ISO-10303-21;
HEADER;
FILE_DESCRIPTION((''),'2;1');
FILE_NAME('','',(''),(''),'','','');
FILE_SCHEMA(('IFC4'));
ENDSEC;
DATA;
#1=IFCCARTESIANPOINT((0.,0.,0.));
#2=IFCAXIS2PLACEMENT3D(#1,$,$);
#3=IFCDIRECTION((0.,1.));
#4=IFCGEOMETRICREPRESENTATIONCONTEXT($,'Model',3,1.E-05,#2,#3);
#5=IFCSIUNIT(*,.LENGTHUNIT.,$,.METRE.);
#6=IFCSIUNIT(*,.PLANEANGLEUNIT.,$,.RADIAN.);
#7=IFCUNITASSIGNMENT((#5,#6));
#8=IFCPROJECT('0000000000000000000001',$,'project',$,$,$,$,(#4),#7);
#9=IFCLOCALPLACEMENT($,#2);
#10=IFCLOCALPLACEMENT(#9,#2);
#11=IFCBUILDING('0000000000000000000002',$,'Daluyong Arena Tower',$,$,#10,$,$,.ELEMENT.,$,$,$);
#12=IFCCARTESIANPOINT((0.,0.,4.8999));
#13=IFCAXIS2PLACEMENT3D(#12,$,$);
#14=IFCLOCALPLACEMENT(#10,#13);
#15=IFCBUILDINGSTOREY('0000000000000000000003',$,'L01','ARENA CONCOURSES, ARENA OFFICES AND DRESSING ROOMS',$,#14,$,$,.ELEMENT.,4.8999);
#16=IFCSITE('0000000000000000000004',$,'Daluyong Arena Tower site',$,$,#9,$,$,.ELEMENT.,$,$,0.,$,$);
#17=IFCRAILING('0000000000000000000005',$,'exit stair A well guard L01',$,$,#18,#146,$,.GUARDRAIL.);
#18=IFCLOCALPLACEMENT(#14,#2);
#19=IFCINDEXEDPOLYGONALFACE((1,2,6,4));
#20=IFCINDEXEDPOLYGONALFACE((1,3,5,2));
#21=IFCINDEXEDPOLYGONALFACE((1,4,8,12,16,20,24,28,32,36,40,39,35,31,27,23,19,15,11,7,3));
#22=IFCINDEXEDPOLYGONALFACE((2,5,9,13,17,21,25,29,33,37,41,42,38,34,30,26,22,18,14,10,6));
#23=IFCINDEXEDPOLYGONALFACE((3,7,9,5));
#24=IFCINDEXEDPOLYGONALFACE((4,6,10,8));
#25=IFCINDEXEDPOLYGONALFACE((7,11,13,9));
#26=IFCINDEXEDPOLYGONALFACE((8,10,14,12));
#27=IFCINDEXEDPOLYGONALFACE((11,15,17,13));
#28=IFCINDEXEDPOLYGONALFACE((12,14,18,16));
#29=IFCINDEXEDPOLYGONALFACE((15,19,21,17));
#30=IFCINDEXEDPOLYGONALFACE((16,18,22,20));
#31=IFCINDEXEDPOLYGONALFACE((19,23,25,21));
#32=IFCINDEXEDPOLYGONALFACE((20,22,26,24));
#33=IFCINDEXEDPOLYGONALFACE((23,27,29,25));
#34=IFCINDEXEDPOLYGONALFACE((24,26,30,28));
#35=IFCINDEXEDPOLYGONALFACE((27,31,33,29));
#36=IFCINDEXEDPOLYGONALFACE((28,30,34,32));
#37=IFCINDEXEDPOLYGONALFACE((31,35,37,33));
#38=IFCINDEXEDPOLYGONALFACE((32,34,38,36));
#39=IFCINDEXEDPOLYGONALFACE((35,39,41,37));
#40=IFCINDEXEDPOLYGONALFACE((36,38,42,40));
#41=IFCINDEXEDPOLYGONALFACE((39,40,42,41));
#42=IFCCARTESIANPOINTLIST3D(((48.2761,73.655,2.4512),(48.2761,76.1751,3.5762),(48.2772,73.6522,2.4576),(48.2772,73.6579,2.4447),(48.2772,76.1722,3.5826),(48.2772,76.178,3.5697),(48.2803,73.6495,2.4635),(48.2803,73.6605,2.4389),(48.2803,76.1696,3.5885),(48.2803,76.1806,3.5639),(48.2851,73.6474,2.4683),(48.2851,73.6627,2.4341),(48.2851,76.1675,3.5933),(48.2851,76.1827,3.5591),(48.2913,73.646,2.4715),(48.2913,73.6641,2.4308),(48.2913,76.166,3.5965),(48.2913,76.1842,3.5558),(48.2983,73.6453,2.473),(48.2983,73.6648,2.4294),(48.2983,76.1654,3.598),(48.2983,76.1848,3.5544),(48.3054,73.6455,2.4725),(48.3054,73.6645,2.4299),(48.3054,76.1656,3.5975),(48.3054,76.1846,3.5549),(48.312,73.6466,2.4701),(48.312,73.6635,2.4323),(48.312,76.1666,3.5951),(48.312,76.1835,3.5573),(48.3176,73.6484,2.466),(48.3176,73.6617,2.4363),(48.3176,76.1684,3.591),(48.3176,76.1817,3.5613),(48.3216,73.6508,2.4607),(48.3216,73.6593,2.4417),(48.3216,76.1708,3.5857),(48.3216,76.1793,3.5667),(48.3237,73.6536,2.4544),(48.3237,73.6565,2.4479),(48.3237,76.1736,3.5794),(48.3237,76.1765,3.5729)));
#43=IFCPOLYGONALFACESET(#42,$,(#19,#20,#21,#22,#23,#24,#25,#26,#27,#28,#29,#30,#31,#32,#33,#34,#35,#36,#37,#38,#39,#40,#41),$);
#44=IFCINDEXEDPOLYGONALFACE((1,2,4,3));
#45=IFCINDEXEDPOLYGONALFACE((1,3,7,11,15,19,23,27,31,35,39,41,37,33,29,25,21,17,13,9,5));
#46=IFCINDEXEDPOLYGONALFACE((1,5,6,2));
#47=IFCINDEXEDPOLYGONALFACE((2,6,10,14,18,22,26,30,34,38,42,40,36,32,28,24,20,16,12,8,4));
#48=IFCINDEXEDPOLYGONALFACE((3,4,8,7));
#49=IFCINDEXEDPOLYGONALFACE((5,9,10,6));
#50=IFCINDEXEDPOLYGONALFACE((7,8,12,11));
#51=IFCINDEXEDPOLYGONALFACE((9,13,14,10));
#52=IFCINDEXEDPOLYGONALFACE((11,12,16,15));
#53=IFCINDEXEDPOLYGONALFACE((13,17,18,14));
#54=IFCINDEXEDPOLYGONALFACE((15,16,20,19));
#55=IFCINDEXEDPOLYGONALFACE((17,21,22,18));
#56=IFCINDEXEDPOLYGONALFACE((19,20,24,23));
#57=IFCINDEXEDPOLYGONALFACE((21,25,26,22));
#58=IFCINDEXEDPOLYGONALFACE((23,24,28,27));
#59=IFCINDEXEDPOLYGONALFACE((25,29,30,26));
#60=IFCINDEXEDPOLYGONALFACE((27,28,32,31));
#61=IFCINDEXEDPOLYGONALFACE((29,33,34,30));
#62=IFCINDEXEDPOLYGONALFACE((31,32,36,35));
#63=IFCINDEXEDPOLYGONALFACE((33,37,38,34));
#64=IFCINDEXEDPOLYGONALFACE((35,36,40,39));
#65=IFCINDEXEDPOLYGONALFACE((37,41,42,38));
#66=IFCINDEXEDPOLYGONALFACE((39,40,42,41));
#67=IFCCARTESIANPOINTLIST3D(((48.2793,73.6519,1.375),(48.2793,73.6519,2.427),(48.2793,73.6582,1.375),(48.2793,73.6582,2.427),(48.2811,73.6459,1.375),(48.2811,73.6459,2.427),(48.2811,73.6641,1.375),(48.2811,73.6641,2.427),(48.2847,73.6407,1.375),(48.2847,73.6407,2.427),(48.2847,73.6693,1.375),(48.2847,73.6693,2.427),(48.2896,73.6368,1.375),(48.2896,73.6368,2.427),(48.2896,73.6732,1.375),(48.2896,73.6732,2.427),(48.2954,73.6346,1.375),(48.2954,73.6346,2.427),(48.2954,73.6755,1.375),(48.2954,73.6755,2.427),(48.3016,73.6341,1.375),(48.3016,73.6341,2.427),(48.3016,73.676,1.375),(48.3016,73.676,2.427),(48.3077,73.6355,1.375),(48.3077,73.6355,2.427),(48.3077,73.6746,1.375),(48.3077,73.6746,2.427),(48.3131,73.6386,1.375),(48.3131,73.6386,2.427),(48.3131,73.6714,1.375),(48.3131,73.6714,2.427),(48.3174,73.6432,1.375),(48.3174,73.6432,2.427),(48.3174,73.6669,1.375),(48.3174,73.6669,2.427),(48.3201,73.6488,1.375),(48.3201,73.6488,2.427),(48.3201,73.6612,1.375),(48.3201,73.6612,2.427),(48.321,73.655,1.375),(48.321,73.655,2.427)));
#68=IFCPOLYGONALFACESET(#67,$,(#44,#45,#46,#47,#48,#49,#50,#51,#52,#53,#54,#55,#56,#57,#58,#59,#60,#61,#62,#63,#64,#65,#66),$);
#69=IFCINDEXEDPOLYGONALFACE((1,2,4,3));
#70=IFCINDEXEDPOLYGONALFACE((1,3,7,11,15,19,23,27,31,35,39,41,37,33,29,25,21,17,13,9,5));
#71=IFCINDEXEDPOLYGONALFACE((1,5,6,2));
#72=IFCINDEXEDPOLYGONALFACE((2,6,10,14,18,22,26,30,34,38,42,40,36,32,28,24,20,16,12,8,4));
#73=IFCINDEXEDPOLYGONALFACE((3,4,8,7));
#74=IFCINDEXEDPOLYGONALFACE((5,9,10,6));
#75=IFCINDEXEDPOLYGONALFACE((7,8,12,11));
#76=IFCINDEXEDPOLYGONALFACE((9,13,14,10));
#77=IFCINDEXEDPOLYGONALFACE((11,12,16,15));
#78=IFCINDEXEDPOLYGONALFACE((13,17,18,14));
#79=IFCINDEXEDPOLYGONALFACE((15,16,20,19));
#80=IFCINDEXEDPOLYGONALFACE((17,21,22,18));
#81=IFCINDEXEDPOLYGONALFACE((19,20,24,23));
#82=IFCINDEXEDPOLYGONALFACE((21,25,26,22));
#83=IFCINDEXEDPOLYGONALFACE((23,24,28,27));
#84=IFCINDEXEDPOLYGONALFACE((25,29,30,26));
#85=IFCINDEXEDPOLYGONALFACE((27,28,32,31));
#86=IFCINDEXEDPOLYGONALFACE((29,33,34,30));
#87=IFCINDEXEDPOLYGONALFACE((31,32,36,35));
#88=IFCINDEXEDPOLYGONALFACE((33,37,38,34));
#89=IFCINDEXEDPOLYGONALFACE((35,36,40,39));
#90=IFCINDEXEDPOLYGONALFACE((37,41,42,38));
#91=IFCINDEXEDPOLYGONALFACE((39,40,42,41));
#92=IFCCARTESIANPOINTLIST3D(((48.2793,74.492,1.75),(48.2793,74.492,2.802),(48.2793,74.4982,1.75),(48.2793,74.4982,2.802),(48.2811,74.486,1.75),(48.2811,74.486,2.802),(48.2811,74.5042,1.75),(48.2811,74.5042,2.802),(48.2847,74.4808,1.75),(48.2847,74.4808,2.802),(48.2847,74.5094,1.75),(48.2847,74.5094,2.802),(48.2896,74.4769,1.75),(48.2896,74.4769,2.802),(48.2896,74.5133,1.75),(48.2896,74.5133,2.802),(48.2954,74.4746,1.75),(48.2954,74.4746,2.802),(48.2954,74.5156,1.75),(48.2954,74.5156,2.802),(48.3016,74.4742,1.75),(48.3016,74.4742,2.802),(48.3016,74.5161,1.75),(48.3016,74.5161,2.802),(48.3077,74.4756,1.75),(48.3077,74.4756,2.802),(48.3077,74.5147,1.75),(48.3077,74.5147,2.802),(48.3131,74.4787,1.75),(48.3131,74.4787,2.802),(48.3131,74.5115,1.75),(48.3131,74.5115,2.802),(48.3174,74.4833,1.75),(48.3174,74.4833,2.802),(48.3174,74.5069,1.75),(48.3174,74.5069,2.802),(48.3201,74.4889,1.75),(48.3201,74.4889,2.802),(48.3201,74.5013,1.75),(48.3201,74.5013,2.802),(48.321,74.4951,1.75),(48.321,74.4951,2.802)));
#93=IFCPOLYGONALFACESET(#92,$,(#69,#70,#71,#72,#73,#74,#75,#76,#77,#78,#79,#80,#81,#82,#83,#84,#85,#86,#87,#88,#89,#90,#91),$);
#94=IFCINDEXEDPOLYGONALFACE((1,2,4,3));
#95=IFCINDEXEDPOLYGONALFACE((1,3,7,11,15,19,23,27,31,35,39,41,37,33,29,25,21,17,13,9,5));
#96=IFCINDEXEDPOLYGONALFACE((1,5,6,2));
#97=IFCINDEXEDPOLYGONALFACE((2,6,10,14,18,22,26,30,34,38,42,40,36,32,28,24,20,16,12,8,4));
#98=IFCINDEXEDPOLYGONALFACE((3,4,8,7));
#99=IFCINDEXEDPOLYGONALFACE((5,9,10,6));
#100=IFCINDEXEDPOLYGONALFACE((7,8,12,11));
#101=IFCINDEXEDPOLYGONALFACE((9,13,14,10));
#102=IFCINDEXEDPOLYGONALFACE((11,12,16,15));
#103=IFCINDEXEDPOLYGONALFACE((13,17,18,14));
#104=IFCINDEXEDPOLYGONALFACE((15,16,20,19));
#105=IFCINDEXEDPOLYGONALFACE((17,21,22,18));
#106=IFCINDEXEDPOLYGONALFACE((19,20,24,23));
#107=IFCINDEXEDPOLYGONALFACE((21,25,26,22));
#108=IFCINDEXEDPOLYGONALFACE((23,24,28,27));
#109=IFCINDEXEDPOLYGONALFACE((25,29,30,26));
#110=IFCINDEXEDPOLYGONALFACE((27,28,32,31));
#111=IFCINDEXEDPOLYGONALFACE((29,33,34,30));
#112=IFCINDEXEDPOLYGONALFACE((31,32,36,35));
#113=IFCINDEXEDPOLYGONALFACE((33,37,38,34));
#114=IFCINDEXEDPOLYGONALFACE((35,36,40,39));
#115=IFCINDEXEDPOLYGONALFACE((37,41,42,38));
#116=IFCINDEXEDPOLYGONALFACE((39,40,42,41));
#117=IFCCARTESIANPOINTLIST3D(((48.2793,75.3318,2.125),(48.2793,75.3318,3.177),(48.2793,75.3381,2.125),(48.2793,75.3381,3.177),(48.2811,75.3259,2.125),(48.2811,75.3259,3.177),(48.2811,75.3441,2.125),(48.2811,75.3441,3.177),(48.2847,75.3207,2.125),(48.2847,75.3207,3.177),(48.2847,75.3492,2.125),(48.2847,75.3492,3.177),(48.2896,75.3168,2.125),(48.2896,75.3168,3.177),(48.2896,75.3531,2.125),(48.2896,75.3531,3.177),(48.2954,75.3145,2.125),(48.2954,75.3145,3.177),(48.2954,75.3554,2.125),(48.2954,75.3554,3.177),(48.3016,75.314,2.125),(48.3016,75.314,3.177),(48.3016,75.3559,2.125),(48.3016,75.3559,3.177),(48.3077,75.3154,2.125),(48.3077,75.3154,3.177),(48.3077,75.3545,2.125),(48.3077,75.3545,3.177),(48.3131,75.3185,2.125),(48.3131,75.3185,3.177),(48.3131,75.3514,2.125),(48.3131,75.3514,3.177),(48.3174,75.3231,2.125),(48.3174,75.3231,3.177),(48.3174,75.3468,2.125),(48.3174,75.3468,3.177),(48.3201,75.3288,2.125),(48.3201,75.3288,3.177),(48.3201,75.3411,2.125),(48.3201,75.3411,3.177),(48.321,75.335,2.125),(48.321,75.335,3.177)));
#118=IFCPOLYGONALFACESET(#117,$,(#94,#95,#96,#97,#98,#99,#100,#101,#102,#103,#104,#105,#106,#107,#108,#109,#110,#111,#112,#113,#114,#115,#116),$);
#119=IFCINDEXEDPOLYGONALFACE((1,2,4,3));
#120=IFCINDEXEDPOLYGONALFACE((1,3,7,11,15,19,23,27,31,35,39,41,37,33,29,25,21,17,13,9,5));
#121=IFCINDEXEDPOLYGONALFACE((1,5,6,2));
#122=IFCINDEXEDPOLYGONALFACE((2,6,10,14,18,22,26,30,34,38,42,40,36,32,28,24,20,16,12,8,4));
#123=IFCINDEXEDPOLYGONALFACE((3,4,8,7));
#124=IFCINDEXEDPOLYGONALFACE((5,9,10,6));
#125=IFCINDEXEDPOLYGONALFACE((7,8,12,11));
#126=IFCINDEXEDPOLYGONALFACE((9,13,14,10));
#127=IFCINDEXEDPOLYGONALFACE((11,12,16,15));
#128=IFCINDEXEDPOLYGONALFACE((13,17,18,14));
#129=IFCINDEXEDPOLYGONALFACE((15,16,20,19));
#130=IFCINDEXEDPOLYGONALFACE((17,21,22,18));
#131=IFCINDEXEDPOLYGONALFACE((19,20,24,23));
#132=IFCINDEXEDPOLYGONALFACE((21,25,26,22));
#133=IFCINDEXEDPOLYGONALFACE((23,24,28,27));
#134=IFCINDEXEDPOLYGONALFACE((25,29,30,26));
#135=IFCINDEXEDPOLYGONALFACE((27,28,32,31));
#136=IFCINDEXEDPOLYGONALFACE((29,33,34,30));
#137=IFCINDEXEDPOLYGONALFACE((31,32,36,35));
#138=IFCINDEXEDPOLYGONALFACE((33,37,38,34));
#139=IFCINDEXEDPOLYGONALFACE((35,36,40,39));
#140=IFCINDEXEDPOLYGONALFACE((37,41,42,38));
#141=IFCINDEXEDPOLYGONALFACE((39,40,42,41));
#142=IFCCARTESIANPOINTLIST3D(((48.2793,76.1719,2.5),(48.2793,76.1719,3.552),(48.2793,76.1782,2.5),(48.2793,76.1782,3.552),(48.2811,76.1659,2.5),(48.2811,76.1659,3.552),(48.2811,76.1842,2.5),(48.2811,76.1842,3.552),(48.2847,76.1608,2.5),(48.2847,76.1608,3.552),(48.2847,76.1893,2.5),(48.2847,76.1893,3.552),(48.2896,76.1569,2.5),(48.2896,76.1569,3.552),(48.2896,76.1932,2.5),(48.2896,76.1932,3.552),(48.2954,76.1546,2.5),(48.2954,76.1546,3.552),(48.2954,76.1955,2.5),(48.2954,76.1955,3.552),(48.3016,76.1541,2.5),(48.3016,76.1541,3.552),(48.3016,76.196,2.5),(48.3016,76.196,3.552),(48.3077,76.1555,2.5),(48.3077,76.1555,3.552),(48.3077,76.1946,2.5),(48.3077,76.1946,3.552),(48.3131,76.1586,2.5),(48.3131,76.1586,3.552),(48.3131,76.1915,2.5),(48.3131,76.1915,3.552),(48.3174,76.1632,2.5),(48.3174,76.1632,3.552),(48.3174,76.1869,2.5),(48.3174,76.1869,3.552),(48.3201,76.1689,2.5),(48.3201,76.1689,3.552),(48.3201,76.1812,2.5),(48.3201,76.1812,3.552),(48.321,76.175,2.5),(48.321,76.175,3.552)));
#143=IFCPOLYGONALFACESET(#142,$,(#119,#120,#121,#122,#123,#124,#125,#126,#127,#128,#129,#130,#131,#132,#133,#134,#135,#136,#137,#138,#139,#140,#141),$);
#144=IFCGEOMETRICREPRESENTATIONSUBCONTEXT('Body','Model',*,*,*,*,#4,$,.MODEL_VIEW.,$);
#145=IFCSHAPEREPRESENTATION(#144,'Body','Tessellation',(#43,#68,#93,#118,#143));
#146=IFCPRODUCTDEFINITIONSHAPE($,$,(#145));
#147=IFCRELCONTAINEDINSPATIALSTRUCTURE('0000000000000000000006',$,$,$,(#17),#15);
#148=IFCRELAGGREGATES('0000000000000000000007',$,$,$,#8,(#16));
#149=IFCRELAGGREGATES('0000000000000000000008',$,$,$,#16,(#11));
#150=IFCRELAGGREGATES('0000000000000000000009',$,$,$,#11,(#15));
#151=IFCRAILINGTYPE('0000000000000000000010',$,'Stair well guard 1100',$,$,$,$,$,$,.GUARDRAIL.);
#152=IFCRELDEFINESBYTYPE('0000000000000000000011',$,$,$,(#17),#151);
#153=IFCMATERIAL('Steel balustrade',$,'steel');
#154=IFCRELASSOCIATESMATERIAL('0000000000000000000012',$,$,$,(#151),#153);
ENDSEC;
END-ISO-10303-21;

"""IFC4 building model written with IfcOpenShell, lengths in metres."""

from ifc_helpers import new_model, si_unit, direction, frame, origin, origin_2d, place, context, subcontext, project, spatial, circle, extrude, material, type_object, element, save


model = new_model("IFC4")

# Units and contexts
model_context = context("Model", 3, precision=1e-05, world=origin(), true_north=direction((0.0, 1.0)))
body_context = subcontext(model_context, "Body", "Model", "MODEL_VIEW")
ifc_project = project(units=[si_unit("LENGTHUNIT", "METRE"), si_unit("PLANEANGLEUNIT", "RADIAN")], contexts=[model_context])

# Site, building, storey
site_placement = place(None, origin())
site = spatial("IfcSite", under=ifc_project, at=site_placement, Name="Daluyong Arena Tower site", CompositionType="ELEMENT", RefElevation=0.0)
building_placement = place(site_placement, origin())
building = spatial("IfcBuilding", under=site, at=building_placement, Name="Daluyong Arena Tower", CompositionType="ELEMENT")
storey_placement = place(building_placement, frame((0.0, 0.0, 4.8999)))
storey = spatial("IfcBuildingStorey", under=building, at=storey_placement, Name="L01", Description="ARENA CONCOURSES, ARENA OFFICES AND DRESSING ROOMS", CompositionType="ELEMENT", Elevation=4.8999)

# Railing
ifc_material_1 = material(Name="Steel balustrade", Category="steel")
railing_type_1 = type_object("IfcRailingType", Name="Stair well guard 1100", PredefinedType="GUARDRAIL", material=ifc_material_1)
for number, where, name in (
    (1, (48.3, 73.655, 1.375), "exit stair A well guard L01"),
):
    element("IfcRailing", number, at=place(storey_placement, frame(where)), inside=storey, type_object=railing_type_1, Name=name, PredefinedType="GUARDRAIL", context=body_context, shape_type="SweptSolid", body=[
        extrude(circle(Radius=0.0239, at=origin_2d()), frame((0.0, 0.0, 1.0762), z_axis=(0.0, 0.913139, 0.407648), x_axis=(-1.0, 0.0, 0.0)), (0.0, 0.0, 1.0), 2.7598),
        extrude(circle(Radius=0.021, at=origin_2d()), origin(), (0.0, 0.0, 1.0), 1.052),
        extrude(circle(Radius=0.021, at=origin_2d()), frame((0.0, 0.8401, 0.375)), (0.0, 0.0, 1.0), 1.052),
        extrude(circle(Radius=0.021, at=origin_2d()), frame((0.0, 1.6799, 0.75)), (0.0, 0.0, 1.0), 1.052),
        extrude(circle(Radius=0.021, at=origin_2d()), frame((0.0, 2.52, 1.125)), (0.0, 0.0, 1.0), 1.052),
    ])

save(model, "model.ifc")
